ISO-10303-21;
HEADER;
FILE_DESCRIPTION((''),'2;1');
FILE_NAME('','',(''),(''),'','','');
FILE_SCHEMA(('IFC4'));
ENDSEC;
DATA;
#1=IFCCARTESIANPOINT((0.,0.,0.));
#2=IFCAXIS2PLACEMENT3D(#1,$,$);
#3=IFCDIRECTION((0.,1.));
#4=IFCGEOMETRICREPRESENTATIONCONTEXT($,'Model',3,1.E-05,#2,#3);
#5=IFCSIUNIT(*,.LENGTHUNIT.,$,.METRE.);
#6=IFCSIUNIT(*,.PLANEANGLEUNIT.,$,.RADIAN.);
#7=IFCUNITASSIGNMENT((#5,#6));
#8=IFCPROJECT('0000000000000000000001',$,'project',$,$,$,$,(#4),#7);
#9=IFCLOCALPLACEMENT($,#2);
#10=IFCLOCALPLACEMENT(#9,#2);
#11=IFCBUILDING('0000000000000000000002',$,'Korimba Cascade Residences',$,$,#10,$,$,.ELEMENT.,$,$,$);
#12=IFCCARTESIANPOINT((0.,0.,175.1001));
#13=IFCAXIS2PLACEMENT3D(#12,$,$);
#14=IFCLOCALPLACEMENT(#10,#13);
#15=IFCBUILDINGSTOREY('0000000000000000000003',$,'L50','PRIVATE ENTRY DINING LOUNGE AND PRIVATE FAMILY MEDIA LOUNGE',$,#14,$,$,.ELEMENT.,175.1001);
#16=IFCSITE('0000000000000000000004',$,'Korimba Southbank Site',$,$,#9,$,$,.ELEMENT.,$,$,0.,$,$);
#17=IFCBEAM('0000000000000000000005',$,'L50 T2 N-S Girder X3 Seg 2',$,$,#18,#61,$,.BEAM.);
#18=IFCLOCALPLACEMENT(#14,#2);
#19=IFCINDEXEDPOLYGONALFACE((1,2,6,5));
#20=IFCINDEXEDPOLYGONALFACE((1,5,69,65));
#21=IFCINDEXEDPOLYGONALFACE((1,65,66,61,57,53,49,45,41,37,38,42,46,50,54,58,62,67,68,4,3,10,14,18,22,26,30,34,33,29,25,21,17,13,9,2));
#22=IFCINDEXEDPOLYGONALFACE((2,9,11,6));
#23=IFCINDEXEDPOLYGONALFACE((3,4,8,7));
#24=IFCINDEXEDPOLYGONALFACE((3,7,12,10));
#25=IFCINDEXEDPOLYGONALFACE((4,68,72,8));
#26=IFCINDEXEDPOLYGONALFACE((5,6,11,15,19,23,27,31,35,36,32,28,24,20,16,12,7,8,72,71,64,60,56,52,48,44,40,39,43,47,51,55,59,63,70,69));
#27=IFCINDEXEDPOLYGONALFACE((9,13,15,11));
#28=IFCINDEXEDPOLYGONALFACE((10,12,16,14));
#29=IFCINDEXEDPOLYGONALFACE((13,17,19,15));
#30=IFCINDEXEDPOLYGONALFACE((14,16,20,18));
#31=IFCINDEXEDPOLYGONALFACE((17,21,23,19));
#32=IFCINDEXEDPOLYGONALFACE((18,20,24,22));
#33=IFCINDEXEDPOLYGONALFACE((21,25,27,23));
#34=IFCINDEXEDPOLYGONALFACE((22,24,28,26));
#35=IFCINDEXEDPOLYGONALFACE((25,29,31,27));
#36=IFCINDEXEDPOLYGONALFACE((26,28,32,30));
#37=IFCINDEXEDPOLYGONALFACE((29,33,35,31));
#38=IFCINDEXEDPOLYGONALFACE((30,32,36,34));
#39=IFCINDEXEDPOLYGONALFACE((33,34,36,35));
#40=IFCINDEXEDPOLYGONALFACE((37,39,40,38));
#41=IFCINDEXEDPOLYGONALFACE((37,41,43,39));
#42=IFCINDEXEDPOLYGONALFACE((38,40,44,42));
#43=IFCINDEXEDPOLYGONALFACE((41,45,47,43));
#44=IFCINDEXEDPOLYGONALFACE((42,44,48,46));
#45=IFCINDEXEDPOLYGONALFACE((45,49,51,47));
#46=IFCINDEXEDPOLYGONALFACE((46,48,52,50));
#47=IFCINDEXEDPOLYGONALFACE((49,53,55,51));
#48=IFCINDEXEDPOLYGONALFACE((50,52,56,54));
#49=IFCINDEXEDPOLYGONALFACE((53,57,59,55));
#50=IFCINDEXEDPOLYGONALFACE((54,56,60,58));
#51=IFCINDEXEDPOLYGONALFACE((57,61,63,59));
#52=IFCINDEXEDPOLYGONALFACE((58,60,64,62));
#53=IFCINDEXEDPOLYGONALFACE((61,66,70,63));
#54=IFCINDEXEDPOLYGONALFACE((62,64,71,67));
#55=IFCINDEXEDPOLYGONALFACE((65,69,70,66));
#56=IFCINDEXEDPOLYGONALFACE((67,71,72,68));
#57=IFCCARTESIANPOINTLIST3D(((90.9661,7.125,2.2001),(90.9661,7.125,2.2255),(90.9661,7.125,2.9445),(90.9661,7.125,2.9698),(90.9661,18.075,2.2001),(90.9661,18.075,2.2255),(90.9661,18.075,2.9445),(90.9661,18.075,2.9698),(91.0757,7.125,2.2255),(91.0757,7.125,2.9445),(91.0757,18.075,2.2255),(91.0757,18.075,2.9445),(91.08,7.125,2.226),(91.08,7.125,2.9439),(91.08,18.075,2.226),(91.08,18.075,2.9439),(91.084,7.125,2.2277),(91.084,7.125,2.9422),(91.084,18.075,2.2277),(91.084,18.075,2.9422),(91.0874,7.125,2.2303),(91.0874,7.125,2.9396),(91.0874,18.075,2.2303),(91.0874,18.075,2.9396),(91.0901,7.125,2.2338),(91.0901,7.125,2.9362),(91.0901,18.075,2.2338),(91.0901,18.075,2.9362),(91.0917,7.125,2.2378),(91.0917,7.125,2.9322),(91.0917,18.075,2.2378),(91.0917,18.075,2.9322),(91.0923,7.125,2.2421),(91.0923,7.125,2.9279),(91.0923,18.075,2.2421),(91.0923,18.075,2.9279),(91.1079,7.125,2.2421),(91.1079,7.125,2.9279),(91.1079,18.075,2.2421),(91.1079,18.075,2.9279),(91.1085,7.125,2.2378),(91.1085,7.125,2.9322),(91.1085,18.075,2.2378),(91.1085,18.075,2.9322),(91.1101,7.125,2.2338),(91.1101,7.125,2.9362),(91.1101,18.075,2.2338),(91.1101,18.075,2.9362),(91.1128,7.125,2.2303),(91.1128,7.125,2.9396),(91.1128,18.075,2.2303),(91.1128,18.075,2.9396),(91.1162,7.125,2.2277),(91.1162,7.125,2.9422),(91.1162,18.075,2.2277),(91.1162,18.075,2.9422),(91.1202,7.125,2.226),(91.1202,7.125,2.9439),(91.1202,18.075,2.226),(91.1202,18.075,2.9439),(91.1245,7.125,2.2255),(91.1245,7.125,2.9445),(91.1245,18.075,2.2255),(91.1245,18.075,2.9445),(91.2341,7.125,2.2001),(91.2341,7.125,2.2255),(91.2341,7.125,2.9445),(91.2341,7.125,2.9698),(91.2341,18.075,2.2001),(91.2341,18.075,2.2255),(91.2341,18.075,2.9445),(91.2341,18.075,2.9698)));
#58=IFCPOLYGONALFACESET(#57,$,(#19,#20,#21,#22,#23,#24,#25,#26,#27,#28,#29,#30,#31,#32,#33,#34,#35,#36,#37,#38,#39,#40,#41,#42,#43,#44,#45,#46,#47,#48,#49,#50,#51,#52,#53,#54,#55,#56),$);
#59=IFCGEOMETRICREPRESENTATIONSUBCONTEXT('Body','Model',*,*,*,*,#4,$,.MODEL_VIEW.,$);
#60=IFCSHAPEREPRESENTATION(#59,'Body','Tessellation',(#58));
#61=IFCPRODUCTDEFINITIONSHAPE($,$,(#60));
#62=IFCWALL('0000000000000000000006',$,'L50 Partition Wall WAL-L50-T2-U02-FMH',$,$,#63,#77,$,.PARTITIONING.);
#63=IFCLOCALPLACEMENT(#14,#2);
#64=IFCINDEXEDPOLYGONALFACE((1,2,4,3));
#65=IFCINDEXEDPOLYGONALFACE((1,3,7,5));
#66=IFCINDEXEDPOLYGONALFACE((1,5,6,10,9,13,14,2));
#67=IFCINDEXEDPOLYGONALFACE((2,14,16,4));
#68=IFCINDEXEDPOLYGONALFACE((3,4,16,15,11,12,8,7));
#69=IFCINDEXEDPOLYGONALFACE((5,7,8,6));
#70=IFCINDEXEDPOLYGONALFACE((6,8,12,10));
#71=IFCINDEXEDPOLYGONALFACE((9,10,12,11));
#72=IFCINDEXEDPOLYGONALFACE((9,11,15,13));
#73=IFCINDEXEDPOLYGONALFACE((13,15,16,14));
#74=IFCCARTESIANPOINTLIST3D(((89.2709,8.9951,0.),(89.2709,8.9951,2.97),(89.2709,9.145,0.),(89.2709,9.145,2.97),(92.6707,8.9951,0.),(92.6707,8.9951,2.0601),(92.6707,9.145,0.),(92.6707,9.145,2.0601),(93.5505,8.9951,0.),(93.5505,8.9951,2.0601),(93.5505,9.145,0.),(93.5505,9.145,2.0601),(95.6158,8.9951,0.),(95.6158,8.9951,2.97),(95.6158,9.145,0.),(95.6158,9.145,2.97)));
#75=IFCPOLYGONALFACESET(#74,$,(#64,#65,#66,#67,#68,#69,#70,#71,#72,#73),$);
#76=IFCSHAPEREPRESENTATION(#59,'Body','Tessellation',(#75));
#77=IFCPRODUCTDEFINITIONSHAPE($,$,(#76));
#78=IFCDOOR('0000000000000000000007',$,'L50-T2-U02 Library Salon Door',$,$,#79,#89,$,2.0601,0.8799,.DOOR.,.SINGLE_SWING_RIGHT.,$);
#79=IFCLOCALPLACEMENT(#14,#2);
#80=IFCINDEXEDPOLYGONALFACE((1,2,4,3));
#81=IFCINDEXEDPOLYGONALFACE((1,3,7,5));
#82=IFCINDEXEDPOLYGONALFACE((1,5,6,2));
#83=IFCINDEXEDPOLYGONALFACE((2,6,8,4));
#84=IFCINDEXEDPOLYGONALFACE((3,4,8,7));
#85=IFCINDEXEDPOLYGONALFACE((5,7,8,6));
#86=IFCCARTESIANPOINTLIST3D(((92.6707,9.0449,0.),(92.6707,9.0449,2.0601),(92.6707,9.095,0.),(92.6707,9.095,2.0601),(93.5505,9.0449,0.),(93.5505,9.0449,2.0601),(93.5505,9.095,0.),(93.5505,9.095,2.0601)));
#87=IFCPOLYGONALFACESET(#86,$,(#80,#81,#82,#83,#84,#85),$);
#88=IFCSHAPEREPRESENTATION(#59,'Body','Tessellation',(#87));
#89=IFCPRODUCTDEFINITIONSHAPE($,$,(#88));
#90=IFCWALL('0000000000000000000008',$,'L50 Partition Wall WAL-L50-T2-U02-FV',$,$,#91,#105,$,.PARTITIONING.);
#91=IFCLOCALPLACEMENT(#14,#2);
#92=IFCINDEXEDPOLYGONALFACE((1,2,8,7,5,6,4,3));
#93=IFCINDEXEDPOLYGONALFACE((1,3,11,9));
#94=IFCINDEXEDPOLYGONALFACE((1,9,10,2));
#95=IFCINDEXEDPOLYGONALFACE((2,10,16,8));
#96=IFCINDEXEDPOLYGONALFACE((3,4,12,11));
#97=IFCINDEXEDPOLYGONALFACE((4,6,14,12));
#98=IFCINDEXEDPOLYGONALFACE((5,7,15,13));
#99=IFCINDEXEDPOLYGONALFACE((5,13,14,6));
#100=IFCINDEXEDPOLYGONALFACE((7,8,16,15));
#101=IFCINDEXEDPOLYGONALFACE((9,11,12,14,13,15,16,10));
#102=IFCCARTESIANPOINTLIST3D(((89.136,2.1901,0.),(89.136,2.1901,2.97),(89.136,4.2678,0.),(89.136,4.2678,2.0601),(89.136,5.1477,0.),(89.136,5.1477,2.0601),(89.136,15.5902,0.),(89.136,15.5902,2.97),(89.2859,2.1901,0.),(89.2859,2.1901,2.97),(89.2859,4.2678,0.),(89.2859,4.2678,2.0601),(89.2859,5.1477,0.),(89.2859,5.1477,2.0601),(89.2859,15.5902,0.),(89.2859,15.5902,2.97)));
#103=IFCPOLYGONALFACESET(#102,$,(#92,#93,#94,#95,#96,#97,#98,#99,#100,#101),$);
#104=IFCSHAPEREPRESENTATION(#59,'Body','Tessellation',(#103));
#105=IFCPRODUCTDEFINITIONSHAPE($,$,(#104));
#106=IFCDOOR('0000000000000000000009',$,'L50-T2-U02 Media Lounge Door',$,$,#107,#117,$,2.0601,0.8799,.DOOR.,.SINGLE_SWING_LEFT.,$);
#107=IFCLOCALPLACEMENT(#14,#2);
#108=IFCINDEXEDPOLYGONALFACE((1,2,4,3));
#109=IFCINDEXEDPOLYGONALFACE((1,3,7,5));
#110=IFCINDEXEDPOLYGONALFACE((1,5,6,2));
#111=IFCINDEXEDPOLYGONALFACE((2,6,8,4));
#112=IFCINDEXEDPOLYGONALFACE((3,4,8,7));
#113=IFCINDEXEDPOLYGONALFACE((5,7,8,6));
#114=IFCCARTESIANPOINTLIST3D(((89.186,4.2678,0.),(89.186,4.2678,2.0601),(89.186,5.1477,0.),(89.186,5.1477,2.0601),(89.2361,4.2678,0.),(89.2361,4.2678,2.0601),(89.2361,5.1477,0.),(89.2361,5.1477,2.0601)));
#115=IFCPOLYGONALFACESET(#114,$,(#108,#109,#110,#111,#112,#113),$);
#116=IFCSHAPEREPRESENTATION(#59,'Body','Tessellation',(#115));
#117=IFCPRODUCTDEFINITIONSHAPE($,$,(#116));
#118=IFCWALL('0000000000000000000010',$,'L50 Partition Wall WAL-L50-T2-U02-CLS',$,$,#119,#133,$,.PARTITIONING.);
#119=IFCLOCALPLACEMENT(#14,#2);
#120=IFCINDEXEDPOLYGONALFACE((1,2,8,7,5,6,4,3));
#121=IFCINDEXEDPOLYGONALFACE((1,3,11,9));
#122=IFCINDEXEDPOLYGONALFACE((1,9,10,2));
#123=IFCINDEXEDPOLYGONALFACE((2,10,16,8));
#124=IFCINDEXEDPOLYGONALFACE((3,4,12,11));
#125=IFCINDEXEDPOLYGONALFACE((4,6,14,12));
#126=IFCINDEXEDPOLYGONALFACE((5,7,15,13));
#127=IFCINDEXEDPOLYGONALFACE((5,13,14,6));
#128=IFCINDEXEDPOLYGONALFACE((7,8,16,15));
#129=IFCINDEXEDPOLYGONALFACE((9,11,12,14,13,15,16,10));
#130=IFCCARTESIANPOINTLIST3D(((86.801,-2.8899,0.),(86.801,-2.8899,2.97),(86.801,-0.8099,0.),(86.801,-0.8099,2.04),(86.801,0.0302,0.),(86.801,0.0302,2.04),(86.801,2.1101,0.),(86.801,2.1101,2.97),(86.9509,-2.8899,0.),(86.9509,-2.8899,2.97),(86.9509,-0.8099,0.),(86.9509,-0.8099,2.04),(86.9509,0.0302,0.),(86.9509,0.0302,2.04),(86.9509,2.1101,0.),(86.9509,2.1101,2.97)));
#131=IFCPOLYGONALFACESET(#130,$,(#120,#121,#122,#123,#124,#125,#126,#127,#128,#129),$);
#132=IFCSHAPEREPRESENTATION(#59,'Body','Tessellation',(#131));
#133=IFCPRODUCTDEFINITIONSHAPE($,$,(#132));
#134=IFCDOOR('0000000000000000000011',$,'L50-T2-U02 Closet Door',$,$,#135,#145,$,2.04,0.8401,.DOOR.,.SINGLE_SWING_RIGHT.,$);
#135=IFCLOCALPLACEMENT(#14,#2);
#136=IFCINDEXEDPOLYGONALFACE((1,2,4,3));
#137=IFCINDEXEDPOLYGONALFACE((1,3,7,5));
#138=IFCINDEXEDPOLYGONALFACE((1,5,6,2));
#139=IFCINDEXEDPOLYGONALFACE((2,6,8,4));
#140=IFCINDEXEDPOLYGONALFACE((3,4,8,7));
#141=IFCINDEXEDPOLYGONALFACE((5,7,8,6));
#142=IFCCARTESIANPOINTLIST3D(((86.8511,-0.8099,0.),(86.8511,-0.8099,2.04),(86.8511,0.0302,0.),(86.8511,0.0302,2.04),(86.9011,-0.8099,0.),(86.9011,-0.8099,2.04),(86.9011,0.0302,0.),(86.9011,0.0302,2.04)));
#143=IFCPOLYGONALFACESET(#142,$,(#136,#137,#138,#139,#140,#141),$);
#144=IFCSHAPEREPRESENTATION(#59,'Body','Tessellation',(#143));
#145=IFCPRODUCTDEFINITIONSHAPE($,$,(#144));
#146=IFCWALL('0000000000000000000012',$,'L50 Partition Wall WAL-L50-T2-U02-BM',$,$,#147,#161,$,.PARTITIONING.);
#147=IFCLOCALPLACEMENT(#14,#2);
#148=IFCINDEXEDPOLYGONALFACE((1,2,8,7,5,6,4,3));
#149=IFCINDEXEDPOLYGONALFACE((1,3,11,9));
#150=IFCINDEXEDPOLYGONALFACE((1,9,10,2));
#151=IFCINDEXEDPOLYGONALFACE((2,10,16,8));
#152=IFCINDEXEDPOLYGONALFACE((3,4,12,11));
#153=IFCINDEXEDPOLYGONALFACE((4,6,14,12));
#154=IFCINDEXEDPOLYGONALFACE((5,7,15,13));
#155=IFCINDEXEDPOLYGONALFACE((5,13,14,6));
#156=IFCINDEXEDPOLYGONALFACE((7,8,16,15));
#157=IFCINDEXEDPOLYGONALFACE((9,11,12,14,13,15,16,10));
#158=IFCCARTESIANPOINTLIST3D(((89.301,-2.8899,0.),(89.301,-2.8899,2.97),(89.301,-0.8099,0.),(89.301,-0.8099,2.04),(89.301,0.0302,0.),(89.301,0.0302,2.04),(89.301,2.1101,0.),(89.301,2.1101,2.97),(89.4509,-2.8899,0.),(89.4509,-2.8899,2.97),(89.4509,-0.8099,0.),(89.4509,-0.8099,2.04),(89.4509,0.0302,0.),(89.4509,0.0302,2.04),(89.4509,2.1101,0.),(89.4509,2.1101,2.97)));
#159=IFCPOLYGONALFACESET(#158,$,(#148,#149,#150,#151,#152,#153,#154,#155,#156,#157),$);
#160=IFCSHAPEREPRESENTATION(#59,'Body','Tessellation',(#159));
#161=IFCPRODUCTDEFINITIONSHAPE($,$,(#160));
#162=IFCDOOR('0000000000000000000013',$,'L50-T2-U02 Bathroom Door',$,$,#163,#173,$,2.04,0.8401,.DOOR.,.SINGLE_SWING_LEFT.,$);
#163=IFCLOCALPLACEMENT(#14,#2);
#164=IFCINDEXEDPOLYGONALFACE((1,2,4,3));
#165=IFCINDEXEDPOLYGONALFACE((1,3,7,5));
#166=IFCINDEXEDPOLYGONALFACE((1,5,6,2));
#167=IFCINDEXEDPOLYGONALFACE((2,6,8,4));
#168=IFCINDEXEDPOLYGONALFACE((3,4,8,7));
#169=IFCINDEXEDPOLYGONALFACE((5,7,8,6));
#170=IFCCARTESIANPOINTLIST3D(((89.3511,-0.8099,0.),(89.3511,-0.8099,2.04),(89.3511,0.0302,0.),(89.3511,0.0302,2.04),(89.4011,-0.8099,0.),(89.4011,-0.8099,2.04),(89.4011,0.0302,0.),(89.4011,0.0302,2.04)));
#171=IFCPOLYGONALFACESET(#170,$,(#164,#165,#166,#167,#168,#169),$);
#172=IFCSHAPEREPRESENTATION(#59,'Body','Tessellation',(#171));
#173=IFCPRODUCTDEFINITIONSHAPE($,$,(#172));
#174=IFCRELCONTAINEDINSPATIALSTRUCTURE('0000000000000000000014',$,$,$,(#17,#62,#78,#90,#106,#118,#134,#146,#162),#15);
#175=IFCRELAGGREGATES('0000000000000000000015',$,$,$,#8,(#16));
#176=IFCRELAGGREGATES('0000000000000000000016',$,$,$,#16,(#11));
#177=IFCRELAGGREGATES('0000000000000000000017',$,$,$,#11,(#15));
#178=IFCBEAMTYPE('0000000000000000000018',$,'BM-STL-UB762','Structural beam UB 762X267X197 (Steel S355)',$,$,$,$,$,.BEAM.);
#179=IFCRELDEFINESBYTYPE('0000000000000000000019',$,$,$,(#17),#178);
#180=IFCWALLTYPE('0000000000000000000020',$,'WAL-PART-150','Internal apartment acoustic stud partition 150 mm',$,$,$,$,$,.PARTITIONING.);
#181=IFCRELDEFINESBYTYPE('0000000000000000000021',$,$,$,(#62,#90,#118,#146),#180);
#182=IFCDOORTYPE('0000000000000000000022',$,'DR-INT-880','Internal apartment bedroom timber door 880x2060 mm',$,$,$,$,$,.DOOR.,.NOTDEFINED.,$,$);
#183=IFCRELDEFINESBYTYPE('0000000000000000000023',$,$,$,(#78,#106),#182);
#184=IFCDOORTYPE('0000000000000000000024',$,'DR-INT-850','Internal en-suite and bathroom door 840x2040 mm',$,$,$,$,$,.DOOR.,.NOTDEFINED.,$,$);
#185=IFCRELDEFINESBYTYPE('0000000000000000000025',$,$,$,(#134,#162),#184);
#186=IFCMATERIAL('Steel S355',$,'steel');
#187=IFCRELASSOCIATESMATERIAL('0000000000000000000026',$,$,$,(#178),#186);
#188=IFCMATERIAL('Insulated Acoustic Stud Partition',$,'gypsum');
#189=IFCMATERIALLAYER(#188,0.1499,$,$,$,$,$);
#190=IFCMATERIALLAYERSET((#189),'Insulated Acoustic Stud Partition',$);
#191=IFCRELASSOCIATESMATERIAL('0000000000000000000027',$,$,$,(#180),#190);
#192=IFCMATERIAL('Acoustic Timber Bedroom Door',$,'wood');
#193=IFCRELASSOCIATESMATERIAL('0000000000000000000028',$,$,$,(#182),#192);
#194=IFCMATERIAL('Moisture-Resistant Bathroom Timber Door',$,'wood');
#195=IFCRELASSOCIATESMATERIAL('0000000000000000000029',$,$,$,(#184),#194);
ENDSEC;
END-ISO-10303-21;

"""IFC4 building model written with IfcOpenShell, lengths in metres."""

from ifc_helpers import new_model, si_unit, direction, frame, frame_2d, origin, origin_2d, place, context, subcontext, project, spatial, rectangle, i_section, extrude, material, layer, layer_set, material_profile, profile_set, type_object, element, fill, save


model = new_model("IFC4")

# Units and contexts
model_context = context("Model", 3, precision=1e-05, world=origin(), true_north=direction((0.0, 1.0)))
body_context = subcontext(model_context, "Body", "Model", "MODEL_VIEW")
ifc_project = project(units=[si_unit("LENGTHUNIT", "METRE"), si_unit("PLANEANGLEUNIT", "RADIAN")], contexts=[model_context])

# Site, building, storey
site_placement = place(None, origin())
site = spatial("IfcSite", under=ifc_project, at=site_placement, Name="Korimba Southbank Site", CompositionType="ELEMENT", RefElevation=0.0)
building_placement = place(site_placement, origin())
building = spatial("IfcBuilding", under=site, at=building_placement, Name="Korimba Cascade Residences", CompositionType="ELEMENT")
storey_placement = place(building_placement, frame((0.0, 0.0, 175.1001)))
storey = spatial("IfcBuildingStorey", under=building, at=storey_placement, Name="L50", Description="PRIVATE ENTRY DINING LOUNGE AND PRIVATE FAMILY MEDIA LOUNGE", CompositionType="ELEMENT", Elevation=175.1001)

# Beam
ifc_material_1 = material(Name="Steel S355", Category="steel")
ifc_material_profile_1 = material_profile(ifc_material_1, i_section(OverallWidth=0.2681, OverallDepth=0.7698, WebThickness=0.0156, FlangeThickness=0.0254, FilletRadius=0.0166, at=origin_2d()), Name="Steel S355")
ifc_profile_set_1 = profile_set([ifc_material_profile_1], Name="Steel S355")
beam_type_1 = type_object("IfcBeamType", Name="BM-STL-UB762", Description="Structural beam UB 762X267X197 (Steel S355)", PredefinedType="BEAM", material=ifc_profile_set_1)
for number, where, z_axis, x_axis, name in (
    (1, (91.1001, 7.125, 2.585), (0.0, 1.0, 0.0), (-1.0, 0.0, 0.0), "L50 T2 N-S Girder X3 Seg 2"),
):
    element("IfcBeam", number, at=place(storey_placement, frame(where, z_axis=z_axis, x_axis=x_axis)), inside=storey, type_object=beam_type_1, Name=name, PredefinedType="BEAM", context=body_context, shape_type="SweptSolid", body=[
        extrude(i_section(OverallWidth=0.2681, OverallDepth=0.7698, WebThickness=0.0156, FlangeThickness=0.0254, FilletRadius=0.0166, at=origin_2d()), origin(), (0.0, 0.0, 1.0), 10.95),
    ])

# Walls, openings, doors
ifc_material_2 = material(Name="Insulated Acoustic Stud Partition", Category="gypsum")
ifc_layer = layer(ifc_material_2, 0.1499)
ifc_layer_set = layer_set([ifc_layer], Name="Insulated Acoustic Stud Partition")
wall_type = type_object("IfcWallType", Name="WAL-PART-150", Description="Internal apartment acoustic stud partition 150 mm", PredefinedType="PARTITIONING", material=ifc_layer_set)
wall_1_placement = place(storey_placement, frame((89.271, 9.0701, 0.0), z_axis=(0.0, 0.0, 1.0), x_axis=(1.0, 0.0, 0.0)))
wall_1 = element("IfcWall", 2, at=wall_1_placement, inside=storey, type_object=wall_type, Name="L50 Partition Wall WAL-L50-T2-U02-FMH", PredefinedType="PARTITIONING", context=body_context, shape_type="SweptSolid", body=[
    extrude(rectangle(XDim=6.345, YDim=0.1499, at=frame_2d((3.1724, 0.0))), origin(), (0.0, 0.0, 1.0), 2.97),
])
opening_1_placement = place(wall_1_placement, frame((3.3997, 0.0, 0.0)))
opening_1 = element("IfcOpeningElement", 3, at=opening_1_placement, cuts=wall_1, PredefinedType="OPENING", context=body_context, shape_type="SweptSolid", body=[
    extrude(rectangle(XDim=0.8799, YDim=2.0601, at=frame_2d((0.4399, 1.03))), frame((0.0, 0.085, 0.0), z_axis=(0.0, -1.0, 0.0), x_axis=(1.0, 0.0, 0.0)), (0.0, 0.0, 1.0), 0.1699),
])
ifc_material_3 = material(Name="Acoustic Timber Bedroom Door", Category="wood")
door_type_1 = type_object("IfcDoorType", Name="DR-INT-880", Description="Internal apartment bedroom timber door 880x2060 mm", OperationType="NOTDEFINED", PredefinedType="DOOR", material=ifc_material_3)
door_1_placement = place(opening_1_placement, origin())
door_1 = element("IfcDoor", 4, at=door_1_placement, inside=storey, type_object=door_type_1, Name="L50-T2-U02 Library Salon Door", OperationType="SINGLE_SWING_RIGHT", OverallHeight=2.0601, OverallWidth=0.8799, PredefinedType="DOOR", context=body_context, shape_type="SweptSolid", body=[
    extrude(rectangle(XDim=0.8799, YDim=2.0601, at=frame_2d((0.4399, 1.03))), frame((0.0, 0.0249, 0.0), z_axis=(0.0, -1.0, 0.0), x_axis=(1.0, 0.0, 0.0)), (0.0, 0.0, 1.0), 0.05),
])
fill(opening_1, door_1)
wall_2_placement = place(storey_placement, frame((89.2109, 2.1899, 0.0), z_axis=(0.0, 0.0, 1.0), x_axis=(0.0, 1.0, 0.0)))
wall_2 = element("IfcWall", 5, at=wall_2_placement, inside=storey, type_object=wall_type, Name="L50 Partition Wall WAL-L50-T2-U02-FV", PredefinedType="PARTITIONING", context=body_context, shape_type="SweptSolid", body=[
    extrude(rectangle(XDim=13.4001, YDim=0.1499, at=frame_2d((6.7002, 0.0))), origin(), (0.0, 0.0, 1.0), 2.97),
])
opening_2_placement = place(wall_2_placement, frame((2.0779, 0.0, 0.0)))
opening_2 = element("IfcOpeningElement", 6, at=opening_2_placement, cuts=wall_2, PredefinedType="OPENING", context=body_context, shape_type="SweptSolid", body=[
    extrude(rectangle(XDim=0.8799, YDim=2.0601, at=frame_2d((0.4399, 1.03))), frame((0.0, 0.085, 0.0), z_axis=(0.0, -1.0, 0.0), x_axis=(1.0, 0.0, 0.0)), (0.0, 0.0, 1.0), 0.1699),
])
door_2_placement = place(opening_2_placement, origin())
door_2 = element("IfcDoor", 7, at=door_2_placement, inside=storey, type_object=door_type_1, Name="L50-T2-U02 Media Lounge Door", OperationType="SINGLE_SWING_LEFT", OverallHeight=2.0601, OverallWidth=0.8799, PredefinedType="DOOR", context=body_context, shape_type="SweptSolid", body=[
    extrude(rectangle(XDim=0.8799, YDim=2.0601, at=frame_2d((0.4399, 1.03))), frame((0.0, 0.0249, 0.0), z_axis=(0.0, -1.0, 0.0), x_axis=(1.0, 0.0, 0.0)), (0.0, 0.0, 1.0), 0.05),
])
fill(opening_2, door_2)
wall_3_placement = place(storey_placement, frame((86.876, -2.8899, 0.0), z_axis=(0.0, 0.0, 1.0), x_axis=(0.0, 1.0, 0.0)))
wall_3 = element("IfcWall", 8, at=wall_3_placement, inside=storey, type_object=wall_type, Name="L50 Partition Wall WAL-L50-T2-U02-CLS", PredefinedType="PARTITIONING", context=body_context, shape_type="SweptSolid", body=[
    extrude(rectangle(XDim=5.0, YDim=0.1499, at=frame_2d((2.5, 0.0))), origin(), (0.0, 0.0, 1.0), 2.97),
])
opening_3_placement = place(wall_3_placement, frame((2.0801, 0.0, 0.0)))
opening_3 = element("IfcOpeningElement", 9, at=opening_3_placement, cuts=wall_3, PredefinedType="OPENING", context=body_context, shape_type="SweptSolid", body=[
    extrude(rectangle(XDim=0.8401, YDim=2.04, at=frame_2d((0.4199, 1.02))), frame((0.0, 0.085, 0.0), z_axis=(0.0, -1.0, 0.0), x_axis=(1.0, 0.0, 0.0)), (0.0, 0.0, 1.0), 0.1699),
])
ifc_material_4 = material(Name="Moisture-Resistant Bathroom Timber Door", Category="wood")
door_type_2 = type_object("IfcDoorType", Name="DR-INT-850", Description="Internal en-suite and bathroom door 840x2040 mm", OperationType="NOTDEFINED", PredefinedType="DOOR", material=ifc_material_4)
door_3_placement = place(opening_3_placement, origin())
door_3 = element("IfcDoor", 10, at=door_3_placement, inside=storey, type_object=door_type_2, Name="L50-T2-U02 Closet Door", OperationType="SINGLE_SWING_RIGHT", OverallHeight=2.04, OverallWidth=0.8401, PredefinedType="DOOR", context=body_context, shape_type="SweptSolid", body=[
    extrude(rectangle(XDim=0.8401, YDim=2.04, at=frame_2d((0.4199, 1.02))), frame((0.0, 0.0249, 0.0), z_axis=(0.0, -1.0, 0.0), x_axis=(1.0, 0.0, 0.0)), (0.0, 0.0, 1.0), 0.05),
])
fill(opening_3, door_3)
wall_4_placement = place(storey_placement, frame((89.376, -2.8899, 0.0), z_axis=(0.0, 0.0, 1.0), x_axis=(0.0, 1.0, 0.0)))
wall_4 = element("IfcWall", 11, at=wall_4_placement, inside=storey, type_object=wall_type, Name="L50 Partition Wall WAL-L50-T2-U02-BM", PredefinedType="PARTITIONING", context=body_context, shape_type="SweptSolid", body=[
    extrude(rectangle(XDim=5.0, YDim=0.1499, at=frame_2d((2.5, 0.0))), origin(), (0.0, 0.0, 1.0), 2.97),
])
opening_4_placement = place(wall_4_placement, frame((2.0801, 0.0, 0.0)))
opening_4 = element("IfcOpeningElement", 12, at=opening_4_placement, cuts=wall_4, PredefinedType="OPENING", context=body_context, shape_type="SweptSolid", body=[
    extrude(rectangle(XDim=0.8401, YDim=2.04, at=frame_2d((0.4199, 1.02))), frame((0.0, 0.085, 0.0), z_axis=(0.0, -1.0, 0.0), x_axis=(1.0, 0.0, 0.0)), (0.0, 0.0, 1.0), 0.1699),
])
door_4_placement = place(opening_4_placement, origin())
door_4 = element("IfcDoor", 13, at=door_4_placement, inside=storey, type_object=door_type_2, Name="L50-T2-U02 Bathroom Door", OperationType="SINGLE_SWING_LEFT", OverallHeight=2.04, OverallWidth=0.8401, PredefinedType="DOOR", context=body_context, shape_type="SweptSolid", body=[
    extrude(rectangle(XDim=0.8401, YDim=2.04, at=frame_2d((0.4199, 1.02))), frame((0.0, 0.0249, 0.0), z_axis=(0.0, -1.0, 0.0), x_axis=(1.0, 0.0, 0.0)), (0.0, 0.0, 1.0), 0.05),
])
fill(opening_4, door_4)

save(model, "model.ifc")
